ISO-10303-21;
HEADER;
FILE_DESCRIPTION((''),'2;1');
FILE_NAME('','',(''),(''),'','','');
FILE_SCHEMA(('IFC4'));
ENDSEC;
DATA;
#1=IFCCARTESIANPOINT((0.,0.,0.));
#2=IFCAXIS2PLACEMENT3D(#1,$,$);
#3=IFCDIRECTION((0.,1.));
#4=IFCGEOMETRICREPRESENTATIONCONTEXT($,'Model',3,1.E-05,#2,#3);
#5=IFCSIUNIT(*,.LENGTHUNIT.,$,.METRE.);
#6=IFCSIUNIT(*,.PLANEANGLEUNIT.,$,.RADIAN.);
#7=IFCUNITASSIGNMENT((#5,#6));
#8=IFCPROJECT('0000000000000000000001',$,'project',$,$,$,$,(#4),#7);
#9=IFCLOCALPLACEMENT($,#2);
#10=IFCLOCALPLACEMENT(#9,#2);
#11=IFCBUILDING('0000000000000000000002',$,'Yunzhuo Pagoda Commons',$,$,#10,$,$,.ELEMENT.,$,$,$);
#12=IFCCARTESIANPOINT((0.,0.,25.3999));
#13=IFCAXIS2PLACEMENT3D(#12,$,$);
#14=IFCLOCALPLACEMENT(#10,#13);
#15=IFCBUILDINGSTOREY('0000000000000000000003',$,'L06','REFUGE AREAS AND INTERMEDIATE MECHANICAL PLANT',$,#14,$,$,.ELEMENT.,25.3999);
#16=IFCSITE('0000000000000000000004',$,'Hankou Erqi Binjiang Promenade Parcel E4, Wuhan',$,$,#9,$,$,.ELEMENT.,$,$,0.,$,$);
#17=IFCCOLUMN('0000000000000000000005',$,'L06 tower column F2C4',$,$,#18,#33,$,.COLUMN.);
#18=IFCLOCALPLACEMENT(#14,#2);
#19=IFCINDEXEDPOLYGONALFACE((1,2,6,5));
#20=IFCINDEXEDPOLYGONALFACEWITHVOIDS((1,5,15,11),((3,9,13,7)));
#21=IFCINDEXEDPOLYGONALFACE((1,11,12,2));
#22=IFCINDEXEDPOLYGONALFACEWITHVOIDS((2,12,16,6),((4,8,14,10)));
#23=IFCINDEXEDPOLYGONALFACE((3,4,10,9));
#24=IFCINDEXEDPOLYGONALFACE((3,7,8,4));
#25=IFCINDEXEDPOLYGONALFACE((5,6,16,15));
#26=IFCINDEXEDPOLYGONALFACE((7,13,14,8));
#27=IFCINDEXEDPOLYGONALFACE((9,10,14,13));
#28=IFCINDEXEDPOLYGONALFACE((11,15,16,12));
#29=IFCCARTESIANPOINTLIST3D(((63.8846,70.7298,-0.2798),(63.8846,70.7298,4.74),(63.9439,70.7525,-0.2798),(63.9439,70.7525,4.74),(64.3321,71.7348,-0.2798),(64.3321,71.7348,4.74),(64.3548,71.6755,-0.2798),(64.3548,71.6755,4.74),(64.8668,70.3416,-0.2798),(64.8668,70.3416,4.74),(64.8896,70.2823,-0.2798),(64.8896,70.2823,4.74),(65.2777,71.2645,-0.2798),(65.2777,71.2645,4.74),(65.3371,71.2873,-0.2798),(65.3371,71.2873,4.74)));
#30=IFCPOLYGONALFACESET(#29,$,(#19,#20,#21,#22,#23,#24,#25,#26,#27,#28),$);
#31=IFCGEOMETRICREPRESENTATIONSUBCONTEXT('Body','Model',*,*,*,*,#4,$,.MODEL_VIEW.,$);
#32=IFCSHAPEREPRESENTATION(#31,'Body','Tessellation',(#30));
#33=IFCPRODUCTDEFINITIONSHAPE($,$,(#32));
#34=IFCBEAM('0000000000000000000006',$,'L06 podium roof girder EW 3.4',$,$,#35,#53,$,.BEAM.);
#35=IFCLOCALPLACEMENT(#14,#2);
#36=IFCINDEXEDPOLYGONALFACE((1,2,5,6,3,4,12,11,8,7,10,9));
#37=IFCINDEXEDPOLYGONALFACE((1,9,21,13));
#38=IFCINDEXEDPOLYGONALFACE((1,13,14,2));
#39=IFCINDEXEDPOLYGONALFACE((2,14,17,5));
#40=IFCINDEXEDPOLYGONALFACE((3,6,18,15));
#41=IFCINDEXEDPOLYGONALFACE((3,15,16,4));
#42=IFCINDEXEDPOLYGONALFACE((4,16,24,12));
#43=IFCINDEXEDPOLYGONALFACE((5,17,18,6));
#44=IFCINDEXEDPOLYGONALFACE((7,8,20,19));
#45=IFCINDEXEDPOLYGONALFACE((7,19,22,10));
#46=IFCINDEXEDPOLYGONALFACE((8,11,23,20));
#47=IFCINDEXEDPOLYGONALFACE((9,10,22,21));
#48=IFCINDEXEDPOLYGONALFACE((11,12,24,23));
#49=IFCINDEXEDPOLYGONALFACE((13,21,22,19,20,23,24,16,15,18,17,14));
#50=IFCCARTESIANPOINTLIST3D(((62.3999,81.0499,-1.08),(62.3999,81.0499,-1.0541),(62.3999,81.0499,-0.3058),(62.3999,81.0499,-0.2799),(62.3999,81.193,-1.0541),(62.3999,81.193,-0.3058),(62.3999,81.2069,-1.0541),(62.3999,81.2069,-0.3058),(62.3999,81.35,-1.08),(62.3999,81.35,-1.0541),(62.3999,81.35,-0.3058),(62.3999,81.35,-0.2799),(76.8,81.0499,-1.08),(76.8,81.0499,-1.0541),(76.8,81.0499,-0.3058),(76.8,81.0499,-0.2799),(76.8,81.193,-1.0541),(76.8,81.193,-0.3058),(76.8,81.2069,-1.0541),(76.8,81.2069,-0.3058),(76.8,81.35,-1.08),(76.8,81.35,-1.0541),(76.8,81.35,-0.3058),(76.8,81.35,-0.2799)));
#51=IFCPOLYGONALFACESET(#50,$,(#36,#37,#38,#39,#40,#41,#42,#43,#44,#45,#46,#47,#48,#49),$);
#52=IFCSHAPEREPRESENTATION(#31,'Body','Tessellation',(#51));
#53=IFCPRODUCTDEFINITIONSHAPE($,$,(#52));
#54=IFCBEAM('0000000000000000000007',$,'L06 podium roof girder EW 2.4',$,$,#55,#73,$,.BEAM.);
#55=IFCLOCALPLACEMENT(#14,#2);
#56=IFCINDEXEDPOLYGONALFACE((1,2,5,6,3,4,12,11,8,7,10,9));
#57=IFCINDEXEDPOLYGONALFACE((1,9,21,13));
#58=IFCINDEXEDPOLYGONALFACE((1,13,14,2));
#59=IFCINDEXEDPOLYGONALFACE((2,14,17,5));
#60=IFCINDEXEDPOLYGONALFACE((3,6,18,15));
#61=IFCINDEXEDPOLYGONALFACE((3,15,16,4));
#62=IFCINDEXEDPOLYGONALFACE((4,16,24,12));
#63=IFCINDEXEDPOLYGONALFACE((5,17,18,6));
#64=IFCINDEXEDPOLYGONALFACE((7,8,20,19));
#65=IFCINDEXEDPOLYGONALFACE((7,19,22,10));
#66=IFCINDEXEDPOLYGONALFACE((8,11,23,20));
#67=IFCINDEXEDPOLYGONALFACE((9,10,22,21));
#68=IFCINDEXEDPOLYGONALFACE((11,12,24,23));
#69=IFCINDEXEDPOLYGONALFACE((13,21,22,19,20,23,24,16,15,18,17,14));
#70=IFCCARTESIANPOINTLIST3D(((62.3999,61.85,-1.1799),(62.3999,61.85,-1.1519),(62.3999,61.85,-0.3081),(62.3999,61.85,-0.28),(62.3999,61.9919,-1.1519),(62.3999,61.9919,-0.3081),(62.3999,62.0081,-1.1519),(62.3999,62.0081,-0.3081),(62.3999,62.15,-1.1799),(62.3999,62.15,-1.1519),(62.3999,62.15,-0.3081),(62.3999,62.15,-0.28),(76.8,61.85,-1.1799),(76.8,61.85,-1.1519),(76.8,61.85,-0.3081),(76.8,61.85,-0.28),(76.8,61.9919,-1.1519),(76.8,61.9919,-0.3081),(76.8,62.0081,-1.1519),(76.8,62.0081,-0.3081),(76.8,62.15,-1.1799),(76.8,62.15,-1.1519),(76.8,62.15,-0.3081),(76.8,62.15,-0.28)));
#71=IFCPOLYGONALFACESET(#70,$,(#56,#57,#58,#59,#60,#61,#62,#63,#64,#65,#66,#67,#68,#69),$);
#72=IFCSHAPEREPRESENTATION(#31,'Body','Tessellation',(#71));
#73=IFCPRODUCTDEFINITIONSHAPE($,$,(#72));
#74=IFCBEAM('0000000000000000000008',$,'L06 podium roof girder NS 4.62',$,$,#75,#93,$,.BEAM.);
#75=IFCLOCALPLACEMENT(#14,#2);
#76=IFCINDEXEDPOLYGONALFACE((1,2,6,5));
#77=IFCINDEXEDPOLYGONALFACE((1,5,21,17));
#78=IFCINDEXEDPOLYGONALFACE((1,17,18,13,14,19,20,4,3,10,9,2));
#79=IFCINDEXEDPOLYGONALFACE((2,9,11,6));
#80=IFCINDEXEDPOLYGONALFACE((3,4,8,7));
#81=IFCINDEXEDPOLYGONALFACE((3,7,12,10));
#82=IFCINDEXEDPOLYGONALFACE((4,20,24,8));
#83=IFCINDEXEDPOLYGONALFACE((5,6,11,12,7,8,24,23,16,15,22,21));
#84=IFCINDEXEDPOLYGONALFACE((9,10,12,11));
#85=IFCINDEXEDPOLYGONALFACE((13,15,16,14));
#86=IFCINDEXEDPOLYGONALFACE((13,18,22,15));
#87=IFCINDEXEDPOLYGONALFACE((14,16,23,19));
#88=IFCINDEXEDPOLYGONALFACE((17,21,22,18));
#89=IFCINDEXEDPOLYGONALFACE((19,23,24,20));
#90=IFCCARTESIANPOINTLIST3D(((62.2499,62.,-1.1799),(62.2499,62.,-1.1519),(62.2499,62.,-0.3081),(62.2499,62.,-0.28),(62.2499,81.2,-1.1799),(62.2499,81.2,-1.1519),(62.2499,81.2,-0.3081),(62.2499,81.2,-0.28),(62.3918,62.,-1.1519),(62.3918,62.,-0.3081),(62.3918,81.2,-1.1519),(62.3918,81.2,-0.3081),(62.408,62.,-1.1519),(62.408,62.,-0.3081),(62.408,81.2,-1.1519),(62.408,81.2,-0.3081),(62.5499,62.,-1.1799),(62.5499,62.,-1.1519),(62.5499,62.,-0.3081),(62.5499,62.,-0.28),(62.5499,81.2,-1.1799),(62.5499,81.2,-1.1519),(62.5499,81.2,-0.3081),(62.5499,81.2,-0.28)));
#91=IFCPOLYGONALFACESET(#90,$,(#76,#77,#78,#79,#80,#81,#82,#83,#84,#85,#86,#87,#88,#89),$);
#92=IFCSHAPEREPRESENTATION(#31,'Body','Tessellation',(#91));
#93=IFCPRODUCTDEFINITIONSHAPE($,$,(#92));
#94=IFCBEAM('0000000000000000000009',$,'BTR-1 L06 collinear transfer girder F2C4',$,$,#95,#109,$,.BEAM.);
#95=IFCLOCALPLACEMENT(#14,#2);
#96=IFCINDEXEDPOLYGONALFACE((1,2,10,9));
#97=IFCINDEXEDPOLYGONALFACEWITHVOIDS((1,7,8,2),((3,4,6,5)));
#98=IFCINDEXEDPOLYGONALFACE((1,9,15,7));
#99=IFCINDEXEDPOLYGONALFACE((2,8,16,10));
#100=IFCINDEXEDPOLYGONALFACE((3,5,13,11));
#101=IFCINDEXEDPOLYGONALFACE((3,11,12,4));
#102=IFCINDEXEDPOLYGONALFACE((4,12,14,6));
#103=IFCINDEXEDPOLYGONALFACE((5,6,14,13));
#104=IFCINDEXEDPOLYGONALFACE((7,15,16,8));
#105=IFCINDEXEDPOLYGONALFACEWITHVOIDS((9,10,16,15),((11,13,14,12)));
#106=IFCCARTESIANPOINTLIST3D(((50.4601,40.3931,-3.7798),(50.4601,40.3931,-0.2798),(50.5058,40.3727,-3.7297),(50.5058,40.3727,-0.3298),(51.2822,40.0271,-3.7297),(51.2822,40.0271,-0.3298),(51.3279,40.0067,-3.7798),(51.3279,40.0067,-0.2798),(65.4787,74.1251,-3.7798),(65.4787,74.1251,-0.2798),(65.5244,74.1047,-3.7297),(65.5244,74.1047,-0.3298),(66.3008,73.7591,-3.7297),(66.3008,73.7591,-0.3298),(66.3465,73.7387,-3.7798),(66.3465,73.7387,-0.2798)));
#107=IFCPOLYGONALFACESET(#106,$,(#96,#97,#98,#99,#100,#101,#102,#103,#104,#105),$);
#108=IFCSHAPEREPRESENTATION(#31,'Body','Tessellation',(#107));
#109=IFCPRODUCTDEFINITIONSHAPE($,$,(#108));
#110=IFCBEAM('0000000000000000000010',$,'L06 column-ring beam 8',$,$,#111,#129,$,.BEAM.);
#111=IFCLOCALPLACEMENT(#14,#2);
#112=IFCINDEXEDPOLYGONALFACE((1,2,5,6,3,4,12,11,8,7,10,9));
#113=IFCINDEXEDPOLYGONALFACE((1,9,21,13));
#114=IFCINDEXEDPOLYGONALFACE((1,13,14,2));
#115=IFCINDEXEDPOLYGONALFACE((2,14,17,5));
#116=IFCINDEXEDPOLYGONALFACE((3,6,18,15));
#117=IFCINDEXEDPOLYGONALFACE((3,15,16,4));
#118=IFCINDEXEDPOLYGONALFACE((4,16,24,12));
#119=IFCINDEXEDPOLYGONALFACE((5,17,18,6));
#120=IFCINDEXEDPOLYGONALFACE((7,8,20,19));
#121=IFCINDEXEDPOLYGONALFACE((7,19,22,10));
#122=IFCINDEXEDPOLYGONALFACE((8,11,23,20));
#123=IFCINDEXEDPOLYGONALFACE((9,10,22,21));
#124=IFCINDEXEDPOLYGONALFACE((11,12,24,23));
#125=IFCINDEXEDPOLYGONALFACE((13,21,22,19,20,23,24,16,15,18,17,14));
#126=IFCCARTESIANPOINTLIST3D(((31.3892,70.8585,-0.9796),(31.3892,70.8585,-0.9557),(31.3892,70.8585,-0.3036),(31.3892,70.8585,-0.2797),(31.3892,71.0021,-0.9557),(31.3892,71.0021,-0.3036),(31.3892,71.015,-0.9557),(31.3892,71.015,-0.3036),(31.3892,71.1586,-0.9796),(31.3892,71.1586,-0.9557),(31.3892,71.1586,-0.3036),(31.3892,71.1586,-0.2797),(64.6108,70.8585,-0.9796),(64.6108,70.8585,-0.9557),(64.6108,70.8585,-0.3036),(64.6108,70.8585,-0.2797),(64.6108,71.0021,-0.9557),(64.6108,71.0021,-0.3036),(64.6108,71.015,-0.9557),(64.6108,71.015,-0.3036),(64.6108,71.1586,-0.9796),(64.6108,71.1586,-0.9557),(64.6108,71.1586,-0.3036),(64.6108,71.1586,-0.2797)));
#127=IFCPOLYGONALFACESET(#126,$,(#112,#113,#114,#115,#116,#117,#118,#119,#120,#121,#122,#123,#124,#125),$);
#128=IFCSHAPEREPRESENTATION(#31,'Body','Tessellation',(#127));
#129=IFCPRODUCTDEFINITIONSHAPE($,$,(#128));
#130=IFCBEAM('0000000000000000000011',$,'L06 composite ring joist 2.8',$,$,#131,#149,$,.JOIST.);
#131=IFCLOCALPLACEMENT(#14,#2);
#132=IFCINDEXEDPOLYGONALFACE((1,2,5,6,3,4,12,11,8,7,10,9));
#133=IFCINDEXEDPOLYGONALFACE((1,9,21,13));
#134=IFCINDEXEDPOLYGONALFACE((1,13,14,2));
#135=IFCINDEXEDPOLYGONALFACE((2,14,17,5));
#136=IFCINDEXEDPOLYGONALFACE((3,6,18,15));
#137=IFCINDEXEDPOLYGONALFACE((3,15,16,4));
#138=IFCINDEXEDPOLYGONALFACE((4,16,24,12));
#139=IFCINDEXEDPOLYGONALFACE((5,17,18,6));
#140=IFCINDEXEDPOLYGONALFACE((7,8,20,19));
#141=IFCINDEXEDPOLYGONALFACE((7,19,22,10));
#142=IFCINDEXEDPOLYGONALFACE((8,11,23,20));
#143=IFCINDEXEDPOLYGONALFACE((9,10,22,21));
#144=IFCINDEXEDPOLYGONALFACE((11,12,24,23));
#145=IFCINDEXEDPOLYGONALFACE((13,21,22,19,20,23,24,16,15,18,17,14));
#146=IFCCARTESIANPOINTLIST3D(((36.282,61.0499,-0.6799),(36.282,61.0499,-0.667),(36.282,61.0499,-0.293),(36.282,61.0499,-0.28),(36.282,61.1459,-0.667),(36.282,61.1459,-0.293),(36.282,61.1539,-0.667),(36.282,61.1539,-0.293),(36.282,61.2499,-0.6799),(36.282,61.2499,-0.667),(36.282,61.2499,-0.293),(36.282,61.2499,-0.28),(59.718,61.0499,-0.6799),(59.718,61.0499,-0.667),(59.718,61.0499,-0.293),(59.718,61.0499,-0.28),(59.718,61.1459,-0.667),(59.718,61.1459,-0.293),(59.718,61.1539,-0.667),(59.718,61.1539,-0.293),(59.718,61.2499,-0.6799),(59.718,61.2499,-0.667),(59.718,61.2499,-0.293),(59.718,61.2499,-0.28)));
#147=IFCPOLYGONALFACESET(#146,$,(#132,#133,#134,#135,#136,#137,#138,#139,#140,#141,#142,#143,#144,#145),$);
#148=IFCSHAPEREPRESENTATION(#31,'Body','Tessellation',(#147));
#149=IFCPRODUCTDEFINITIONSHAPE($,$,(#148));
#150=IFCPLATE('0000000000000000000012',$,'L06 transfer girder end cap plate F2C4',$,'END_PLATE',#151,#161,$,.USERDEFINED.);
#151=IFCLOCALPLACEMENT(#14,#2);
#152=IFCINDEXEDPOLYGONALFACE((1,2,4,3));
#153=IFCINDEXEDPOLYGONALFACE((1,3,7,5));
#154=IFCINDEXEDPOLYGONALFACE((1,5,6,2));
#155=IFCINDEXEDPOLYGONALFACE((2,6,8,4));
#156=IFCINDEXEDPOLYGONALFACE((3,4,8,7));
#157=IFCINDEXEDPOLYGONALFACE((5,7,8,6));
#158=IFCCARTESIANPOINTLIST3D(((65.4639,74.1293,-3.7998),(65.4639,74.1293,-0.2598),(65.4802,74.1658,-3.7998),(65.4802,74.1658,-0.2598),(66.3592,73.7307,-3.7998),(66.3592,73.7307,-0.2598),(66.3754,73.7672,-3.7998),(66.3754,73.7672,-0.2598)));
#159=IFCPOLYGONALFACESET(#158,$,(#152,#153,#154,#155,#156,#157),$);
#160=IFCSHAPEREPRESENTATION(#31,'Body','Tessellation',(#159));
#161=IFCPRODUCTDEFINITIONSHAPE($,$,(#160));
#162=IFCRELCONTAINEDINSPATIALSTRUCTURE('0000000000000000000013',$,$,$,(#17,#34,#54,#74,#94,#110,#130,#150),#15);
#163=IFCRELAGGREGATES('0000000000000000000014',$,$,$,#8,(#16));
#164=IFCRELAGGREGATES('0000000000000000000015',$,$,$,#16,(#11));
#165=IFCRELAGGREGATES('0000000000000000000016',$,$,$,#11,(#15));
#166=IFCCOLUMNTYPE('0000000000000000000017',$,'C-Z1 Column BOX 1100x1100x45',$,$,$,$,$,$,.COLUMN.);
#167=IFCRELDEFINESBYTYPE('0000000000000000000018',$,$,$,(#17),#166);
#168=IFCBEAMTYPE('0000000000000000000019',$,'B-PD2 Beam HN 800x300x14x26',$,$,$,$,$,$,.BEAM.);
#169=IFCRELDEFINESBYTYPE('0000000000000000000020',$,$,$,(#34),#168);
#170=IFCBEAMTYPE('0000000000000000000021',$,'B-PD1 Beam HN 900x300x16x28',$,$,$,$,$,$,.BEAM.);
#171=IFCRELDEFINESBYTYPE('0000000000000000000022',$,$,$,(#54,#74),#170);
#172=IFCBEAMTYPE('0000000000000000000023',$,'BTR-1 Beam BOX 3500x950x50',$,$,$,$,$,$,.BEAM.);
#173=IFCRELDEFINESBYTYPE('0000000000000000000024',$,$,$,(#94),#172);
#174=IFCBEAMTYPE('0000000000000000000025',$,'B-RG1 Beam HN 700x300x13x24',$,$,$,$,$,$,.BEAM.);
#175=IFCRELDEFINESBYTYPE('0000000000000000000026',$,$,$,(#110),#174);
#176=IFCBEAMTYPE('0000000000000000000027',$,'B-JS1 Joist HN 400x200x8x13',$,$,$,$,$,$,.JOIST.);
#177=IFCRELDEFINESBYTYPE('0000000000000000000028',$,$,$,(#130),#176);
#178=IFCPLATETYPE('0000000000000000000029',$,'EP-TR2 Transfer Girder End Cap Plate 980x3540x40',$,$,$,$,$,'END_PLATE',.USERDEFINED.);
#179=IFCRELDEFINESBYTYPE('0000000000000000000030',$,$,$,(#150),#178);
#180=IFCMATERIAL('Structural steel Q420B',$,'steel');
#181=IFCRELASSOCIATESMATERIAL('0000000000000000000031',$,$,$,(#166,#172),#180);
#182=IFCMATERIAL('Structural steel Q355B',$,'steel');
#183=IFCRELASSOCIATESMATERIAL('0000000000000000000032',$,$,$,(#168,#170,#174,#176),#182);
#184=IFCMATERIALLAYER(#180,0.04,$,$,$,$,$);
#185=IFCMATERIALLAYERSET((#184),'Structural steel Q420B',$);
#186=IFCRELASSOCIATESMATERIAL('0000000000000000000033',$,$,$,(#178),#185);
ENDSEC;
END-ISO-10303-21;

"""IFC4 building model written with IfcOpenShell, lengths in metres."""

from ifc_helpers import new_model, si_unit, direction, frame, origin, origin_2d, place, context, subcontext, project, spatial, rectangle, hollow_rectangle, i_section, extrude, source, transform, mapped, material, layer, layer_set, material_profile, profile_set, type_object, element, save


model = new_model("IFC4")

# Units and contexts
model_context = context("Model", 3, precision=1e-05, world=origin(), true_north=direction((0.0, 1.0)))
body_context = subcontext(model_context, "Body", "Model", "MODEL_VIEW")
ifc_project = project(units=[si_unit("LENGTHUNIT", "METRE"), si_unit("PLANEANGLEUNIT", "RADIAN")], contexts=[model_context])

# Site, building, storey
site_placement = place(None, origin())
site = spatial("IfcSite", under=ifc_project, at=site_placement, Name="Hankou Erqi Binjiang Promenade Parcel E4, Wuhan", CompositionType="ELEMENT", RefElevation=0.0)
building_placement = place(site_placement, origin())
building = spatial("IfcBuilding", under=site, at=building_placement, Name="Yunzhuo Pagoda Commons", CompositionType="ELEMENT")
storey_placement = place(building_placement, frame((0.0, 0.0, 25.3999)))
storey = spatial("IfcBuildingStorey", under=building, at=storey_placement, Name="L06", Description="REFUGE AREAS AND INTERMEDIATE MECHANICAL PLANT", CompositionType="ELEMENT", Elevation=25.3999)

# Column
ifc_material_1 = material(Name="Structural steel Q420B", Category="steel")
ifc_material_profile_1 = material_profile(ifc_material_1, hollow_rectangle(XDim=1.1001, YDim=1.1001, WallThickness=0.0449, at=origin_2d()), Name="Structural steel Q420B")
ifc_profile_set_1 = profile_set([ifc_material_profile_1], Name="Structural steel Q420B")
column_type = type_object("IfcColumnType", Name="C-Z1 Column BOX 1100x1100x45", PredefinedType="COLUMN", material=ifc_profile_set_1)
shared_shape_1 = source(origin(), body_context, "Body", "SweptSolid", [
    extrude(hollow_rectangle(XDim=1.1001, YDim=1.1001, WallThickness=0.0449, at=origin_2d()), origin(), (0.0, 0.0, 1.0), 5.0198),
])
column_placement = place(storey_placement, frame((64.6108, 71.0085, -0.2798), z_axis=(0.0, 0.0, 1.0), x_axis=(-0.913545, 0.406737, 0.0)))
element("IfcColumn", 1, at=column_placement, inside=storey, type_object=column_type, Name="L06 tower column F2C4", PredefinedType="COLUMN", context=body_context, shape_type="MappedRepresentation", body=[
    mapped(shared_shape_1, transform((0.0, 0.0, 0.0), scale=1.0)),
])

# Beams
ifc_material_2 = material(Name="Structural steel Q355B", Category="steel")
ifc_material_profile_2 = material_profile(ifc_material_2, i_section(OverallWidth=0.3, OverallDepth=0.8, WebThickness=0.0139, FlangeThickness=0.0259, at=origin_2d()), Name="Structural steel Q355B")
ifc_profile_set_2 = profile_set([ifc_material_profile_2], Name="Structural steel Q355B")
beam_type_1 = type_object("IfcBeamType", Name="B-PD2 Beam HN 800x300x14x26", PredefinedType="BEAM", material=ifc_profile_set_2)
shared_shape_2 = source(origin(), body_context, "Body", "SweptSolid", [
    extrude(i_section(OverallWidth=0.3, OverallDepth=0.8, WebThickness=0.0139, FlangeThickness=0.0259, at=origin_2d()), origin(), (0.0, 0.0, 1.0), 14.4001),
])
beam_1_placement = place(storey_placement, frame((62.3999, 81.2, -0.6799), z_axis=(1.0, 0.0, 0.0), x_axis=(0.0, 1.0, 0.0)))
element("IfcBeam", 2, at=beam_1_placement, inside=storey, type_object=beam_type_1, Name="L06 podium roof girder EW 3.4", PredefinedType="BEAM", context=body_context, shape_type="MappedRepresentation", body=[
    mapped(shared_shape_2, transform((0.0, 0.0, 0.0), scale=1.0)),
])
ifc_material_profile_3 = material_profile(ifc_material_2, i_section(OverallWidth=0.3, OverallDepth=0.8999, WebThickness=0.0161, FlangeThickness=0.0281, at=origin_2d()), Name="Structural steel Q355B")
ifc_profile_set_3 = profile_set([ifc_material_profile_3], Name="Structural steel Q355B")
beam_type_2 = type_object("IfcBeamType", Name="B-PD1 Beam HN 900x300x16x28", PredefinedType="BEAM", material=ifc_profile_set_3)
shared_shape_3 = source(origin(), body_context, "Body", "SweptSolid", [
    extrude(i_section(OverallWidth=0.3, OverallDepth=0.8999, WebThickness=0.0161, FlangeThickness=0.0281, at=origin_2d()), origin(), (0.0, 0.0, 1.0), 14.4001),
])
beam_2_placement = place(storey_placement, frame((62.3999, 62.0, -0.73), z_axis=(1.0, 0.0, 0.0), x_axis=(0.0, 1.0, 0.0)))
element("IfcBeam", 3, at=beam_2_placement, inside=storey, type_object=beam_type_2, Name="L06 podium roof girder EW 2.4", PredefinedType="BEAM", context=body_context, shape_type="MappedRepresentation", body=[
    mapped(shared_shape_3, transform((0.0, 0.0, 0.0), scale=1.0)),
])
shared_shape_4 = source(origin(), body_context, "Body", "SweptSolid", [
    extrude(i_section(OverallWidth=0.3, OverallDepth=0.8999, WebThickness=0.0161, FlangeThickness=0.0281, at=origin_2d()), origin(), (0.0, 0.0, 1.0), 19.2),
])
beam_3_placement = place(storey_placement, frame((62.3999, 62.0, -0.73), z_axis=(0.0, 1.0, 0.0), x_axis=(-1.0, 0.0, 0.0)))
element("IfcBeam", 4, at=beam_3_placement, inside=storey, type_object=beam_type_2, Name="L06 podium roof girder NS 4.62", PredefinedType="BEAM", context=body_context, shape_type="MappedRepresentation", body=[
    mapped(shared_shape_4, transform((0.0, 0.0, 0.0), scale=1.0)),
])
ifc_material_profile_4 = material_profile(ifc_material_1, hollow_rectangle(XDim=0.95, YDim=3.5, WallThickness=0.05, at=origin_2d()), Name="Structural steel Q420B")
ifc_profile_set_4 = profile_set([ifc_material_profile_4], Name="Structural steel Q420B")
beam_type_3 = type_object("IfcBeamType", Name="BTR-1 Beam BOX 3500x950x50", PredefinedType="BEAM", material=ifc_profile_set_4)
shared_shape_5 = source(origin(), body_context, "Body", "SweptSolid", [
    extrude(hollow_rectangle(XDim=0.95, YDim=3.5, WallThickness=0.05, at=origin_2d()), origin(), (0.0, 0.0, 1.0), 36.9243),
])
beam_4_placement = place(storey_placement, frame((65.9126, 73.9319, -2.0298), z_axis=(-0.40674, -0.913544, 0.0), x_axis=(0.913544, -0.40674, 0.0)))
element("IfcBeam", 5, at=beam_4_placement, inside=storey, type_object=beam_type_3, Name="BTR-1 L06 collinear transfer girder F2C4", PredefinedType="BEAM", context=body_context, shape_type="MappedRepresentation", body=[
    mapped(shared_shape_5, transform((0.0, 0.0, 0.0), scale=1.0)),
])
ifc_material_profile_5 = material_profile(ifc_material_2, i_section(OverallWidth=0.3, OverallDepth=0.7, WebThickness=0.0129, FlangeThickness=0.0239, at=origin_2d()), Name="Structural steel Q355B")
ifc_profile_set_5 = profile_set([ifc_material_profile_5], Name="Structural steel Q355B")
beam_type_4 = type_object("IfcBeamType", Name="B-RG1 Beam HN 700x300x13x24", PredefinedType="BEAM", material=ifc_profile_set_5)
shared_shape_6 = source(origin(), body_context, "Body", "SweptSolid", [
    extrude(i_section(OverallWidth=0.3, OverallDepth=0.7, WebThickness=0.0129, FlangeThickness=0.0239, at=origin_2d()), origin(), (0.0, 0.0, 1.0), 33.2217),
])
beam_5_placement = place(storey_placement, frame((64.6108, 71.0085, -0.6296), z_axis=(-1.0, 0.0, 0.0), x_axis=(0.0, -1.0, 0.0)))
element("IfcBeam", 6, at=beam_5_placement, inside=storey, type_object=beam_type_4, Name="L06 column-ring beam 8", PredefinedType="BEAM", context=body_context, shape_type="MappedRepresentation", body=[
    mapped(shared_shape_6, transform((0.0, 0.0, 0.0), scale=1.0)),
])
ifc_material_profile_6 = material_profile(ifc_material_2, i_section(OverallWidth=0.2, OverallDepth=0.3999, WebThickness=0.0081, FlangeThickness=0.0129, at=origin_2d()), Name="Structural steel Q355B")
ifc_profile_set_6 = profile_set([ifc_material_profile_6], Name="Structural steel Q355B")
beam_type_5 = type_object("IfcBeamType", Name="B-JS1 Joist HN 400x200x8x13", PredefinedType="JOIST", material=ifc_profile_set_6)
shared_shape_7 = source(origin(), body_context, "Body", "SweptSolid", [
    extrude(i_section(OverallWidth=0.2, OverallDepth=0.3999, WebThickness=0.0081, FlangeThickness=0.0129, at=origin_2d()), origin(), (0.0, 0.0, 1.0), 23.436),
])
beam_6_placement = place(storey_placement, frame((59.718, 61.1499, -0.48), z_axis=(-1.0, 0.0, 0.0), x_axis=(0.0, -1.0, 0.0)))
element("IfcBeam", 7, at=beam_6_placement, inside=storey, type_object=beam_type_5, Name="L06 composite ring joist 2.8", PredefinedType="JOIST", context=body_context, shape_type="MappedRepresentation", body=[
    mapped(shared_shape_7, transform((0.0, 0.0, 0.0), scale=1.0)),
])

# Plate
ifc_layer_1 = layer(ifc_material_1, 0.04)
ifc_layer_set_1 = layer_set([ifc_layer_1], Name="Structural steel Q420B")
plate_type = type_object("IfcPlateType", Name="EP-TR2 Transfer Girder End Cap Plate 980x3540x40", ElementType="END_PLATE", PredefinedType="USERDEFINED", material=ifc_layer_set_1)
shared_shape_8 = source(origin(), body_context, "Body", "SweptSolid", [
    extrude(rectangle(XDim=0.98, YDim=0.04, at=origin_2d()), origin(), (0.0, 0.0, 1.0), 3.54),
])
plate_placement = place(storey_placement, frame((65.9197, 73.9482, -3.7998), z_axis=(0.0, 0.0, 1.0), x_axis=(-0.913545, 0.406737, 0.0)))
element("IfcPlate", 8, at=plate_placement, inside=storey, type_object=plate_type, Name="L06 transfer girder end cap plate F2C4", ObjectType="END_PLATE", PredefinedType="USERDEFINED", context=body_context, shape_type="MappedRepresentation", body=[
    mapped(shared_shape_8, transform((0.0, 0.0, 0.0), scale=1.0)),
])

save(model, "model.ifc")
